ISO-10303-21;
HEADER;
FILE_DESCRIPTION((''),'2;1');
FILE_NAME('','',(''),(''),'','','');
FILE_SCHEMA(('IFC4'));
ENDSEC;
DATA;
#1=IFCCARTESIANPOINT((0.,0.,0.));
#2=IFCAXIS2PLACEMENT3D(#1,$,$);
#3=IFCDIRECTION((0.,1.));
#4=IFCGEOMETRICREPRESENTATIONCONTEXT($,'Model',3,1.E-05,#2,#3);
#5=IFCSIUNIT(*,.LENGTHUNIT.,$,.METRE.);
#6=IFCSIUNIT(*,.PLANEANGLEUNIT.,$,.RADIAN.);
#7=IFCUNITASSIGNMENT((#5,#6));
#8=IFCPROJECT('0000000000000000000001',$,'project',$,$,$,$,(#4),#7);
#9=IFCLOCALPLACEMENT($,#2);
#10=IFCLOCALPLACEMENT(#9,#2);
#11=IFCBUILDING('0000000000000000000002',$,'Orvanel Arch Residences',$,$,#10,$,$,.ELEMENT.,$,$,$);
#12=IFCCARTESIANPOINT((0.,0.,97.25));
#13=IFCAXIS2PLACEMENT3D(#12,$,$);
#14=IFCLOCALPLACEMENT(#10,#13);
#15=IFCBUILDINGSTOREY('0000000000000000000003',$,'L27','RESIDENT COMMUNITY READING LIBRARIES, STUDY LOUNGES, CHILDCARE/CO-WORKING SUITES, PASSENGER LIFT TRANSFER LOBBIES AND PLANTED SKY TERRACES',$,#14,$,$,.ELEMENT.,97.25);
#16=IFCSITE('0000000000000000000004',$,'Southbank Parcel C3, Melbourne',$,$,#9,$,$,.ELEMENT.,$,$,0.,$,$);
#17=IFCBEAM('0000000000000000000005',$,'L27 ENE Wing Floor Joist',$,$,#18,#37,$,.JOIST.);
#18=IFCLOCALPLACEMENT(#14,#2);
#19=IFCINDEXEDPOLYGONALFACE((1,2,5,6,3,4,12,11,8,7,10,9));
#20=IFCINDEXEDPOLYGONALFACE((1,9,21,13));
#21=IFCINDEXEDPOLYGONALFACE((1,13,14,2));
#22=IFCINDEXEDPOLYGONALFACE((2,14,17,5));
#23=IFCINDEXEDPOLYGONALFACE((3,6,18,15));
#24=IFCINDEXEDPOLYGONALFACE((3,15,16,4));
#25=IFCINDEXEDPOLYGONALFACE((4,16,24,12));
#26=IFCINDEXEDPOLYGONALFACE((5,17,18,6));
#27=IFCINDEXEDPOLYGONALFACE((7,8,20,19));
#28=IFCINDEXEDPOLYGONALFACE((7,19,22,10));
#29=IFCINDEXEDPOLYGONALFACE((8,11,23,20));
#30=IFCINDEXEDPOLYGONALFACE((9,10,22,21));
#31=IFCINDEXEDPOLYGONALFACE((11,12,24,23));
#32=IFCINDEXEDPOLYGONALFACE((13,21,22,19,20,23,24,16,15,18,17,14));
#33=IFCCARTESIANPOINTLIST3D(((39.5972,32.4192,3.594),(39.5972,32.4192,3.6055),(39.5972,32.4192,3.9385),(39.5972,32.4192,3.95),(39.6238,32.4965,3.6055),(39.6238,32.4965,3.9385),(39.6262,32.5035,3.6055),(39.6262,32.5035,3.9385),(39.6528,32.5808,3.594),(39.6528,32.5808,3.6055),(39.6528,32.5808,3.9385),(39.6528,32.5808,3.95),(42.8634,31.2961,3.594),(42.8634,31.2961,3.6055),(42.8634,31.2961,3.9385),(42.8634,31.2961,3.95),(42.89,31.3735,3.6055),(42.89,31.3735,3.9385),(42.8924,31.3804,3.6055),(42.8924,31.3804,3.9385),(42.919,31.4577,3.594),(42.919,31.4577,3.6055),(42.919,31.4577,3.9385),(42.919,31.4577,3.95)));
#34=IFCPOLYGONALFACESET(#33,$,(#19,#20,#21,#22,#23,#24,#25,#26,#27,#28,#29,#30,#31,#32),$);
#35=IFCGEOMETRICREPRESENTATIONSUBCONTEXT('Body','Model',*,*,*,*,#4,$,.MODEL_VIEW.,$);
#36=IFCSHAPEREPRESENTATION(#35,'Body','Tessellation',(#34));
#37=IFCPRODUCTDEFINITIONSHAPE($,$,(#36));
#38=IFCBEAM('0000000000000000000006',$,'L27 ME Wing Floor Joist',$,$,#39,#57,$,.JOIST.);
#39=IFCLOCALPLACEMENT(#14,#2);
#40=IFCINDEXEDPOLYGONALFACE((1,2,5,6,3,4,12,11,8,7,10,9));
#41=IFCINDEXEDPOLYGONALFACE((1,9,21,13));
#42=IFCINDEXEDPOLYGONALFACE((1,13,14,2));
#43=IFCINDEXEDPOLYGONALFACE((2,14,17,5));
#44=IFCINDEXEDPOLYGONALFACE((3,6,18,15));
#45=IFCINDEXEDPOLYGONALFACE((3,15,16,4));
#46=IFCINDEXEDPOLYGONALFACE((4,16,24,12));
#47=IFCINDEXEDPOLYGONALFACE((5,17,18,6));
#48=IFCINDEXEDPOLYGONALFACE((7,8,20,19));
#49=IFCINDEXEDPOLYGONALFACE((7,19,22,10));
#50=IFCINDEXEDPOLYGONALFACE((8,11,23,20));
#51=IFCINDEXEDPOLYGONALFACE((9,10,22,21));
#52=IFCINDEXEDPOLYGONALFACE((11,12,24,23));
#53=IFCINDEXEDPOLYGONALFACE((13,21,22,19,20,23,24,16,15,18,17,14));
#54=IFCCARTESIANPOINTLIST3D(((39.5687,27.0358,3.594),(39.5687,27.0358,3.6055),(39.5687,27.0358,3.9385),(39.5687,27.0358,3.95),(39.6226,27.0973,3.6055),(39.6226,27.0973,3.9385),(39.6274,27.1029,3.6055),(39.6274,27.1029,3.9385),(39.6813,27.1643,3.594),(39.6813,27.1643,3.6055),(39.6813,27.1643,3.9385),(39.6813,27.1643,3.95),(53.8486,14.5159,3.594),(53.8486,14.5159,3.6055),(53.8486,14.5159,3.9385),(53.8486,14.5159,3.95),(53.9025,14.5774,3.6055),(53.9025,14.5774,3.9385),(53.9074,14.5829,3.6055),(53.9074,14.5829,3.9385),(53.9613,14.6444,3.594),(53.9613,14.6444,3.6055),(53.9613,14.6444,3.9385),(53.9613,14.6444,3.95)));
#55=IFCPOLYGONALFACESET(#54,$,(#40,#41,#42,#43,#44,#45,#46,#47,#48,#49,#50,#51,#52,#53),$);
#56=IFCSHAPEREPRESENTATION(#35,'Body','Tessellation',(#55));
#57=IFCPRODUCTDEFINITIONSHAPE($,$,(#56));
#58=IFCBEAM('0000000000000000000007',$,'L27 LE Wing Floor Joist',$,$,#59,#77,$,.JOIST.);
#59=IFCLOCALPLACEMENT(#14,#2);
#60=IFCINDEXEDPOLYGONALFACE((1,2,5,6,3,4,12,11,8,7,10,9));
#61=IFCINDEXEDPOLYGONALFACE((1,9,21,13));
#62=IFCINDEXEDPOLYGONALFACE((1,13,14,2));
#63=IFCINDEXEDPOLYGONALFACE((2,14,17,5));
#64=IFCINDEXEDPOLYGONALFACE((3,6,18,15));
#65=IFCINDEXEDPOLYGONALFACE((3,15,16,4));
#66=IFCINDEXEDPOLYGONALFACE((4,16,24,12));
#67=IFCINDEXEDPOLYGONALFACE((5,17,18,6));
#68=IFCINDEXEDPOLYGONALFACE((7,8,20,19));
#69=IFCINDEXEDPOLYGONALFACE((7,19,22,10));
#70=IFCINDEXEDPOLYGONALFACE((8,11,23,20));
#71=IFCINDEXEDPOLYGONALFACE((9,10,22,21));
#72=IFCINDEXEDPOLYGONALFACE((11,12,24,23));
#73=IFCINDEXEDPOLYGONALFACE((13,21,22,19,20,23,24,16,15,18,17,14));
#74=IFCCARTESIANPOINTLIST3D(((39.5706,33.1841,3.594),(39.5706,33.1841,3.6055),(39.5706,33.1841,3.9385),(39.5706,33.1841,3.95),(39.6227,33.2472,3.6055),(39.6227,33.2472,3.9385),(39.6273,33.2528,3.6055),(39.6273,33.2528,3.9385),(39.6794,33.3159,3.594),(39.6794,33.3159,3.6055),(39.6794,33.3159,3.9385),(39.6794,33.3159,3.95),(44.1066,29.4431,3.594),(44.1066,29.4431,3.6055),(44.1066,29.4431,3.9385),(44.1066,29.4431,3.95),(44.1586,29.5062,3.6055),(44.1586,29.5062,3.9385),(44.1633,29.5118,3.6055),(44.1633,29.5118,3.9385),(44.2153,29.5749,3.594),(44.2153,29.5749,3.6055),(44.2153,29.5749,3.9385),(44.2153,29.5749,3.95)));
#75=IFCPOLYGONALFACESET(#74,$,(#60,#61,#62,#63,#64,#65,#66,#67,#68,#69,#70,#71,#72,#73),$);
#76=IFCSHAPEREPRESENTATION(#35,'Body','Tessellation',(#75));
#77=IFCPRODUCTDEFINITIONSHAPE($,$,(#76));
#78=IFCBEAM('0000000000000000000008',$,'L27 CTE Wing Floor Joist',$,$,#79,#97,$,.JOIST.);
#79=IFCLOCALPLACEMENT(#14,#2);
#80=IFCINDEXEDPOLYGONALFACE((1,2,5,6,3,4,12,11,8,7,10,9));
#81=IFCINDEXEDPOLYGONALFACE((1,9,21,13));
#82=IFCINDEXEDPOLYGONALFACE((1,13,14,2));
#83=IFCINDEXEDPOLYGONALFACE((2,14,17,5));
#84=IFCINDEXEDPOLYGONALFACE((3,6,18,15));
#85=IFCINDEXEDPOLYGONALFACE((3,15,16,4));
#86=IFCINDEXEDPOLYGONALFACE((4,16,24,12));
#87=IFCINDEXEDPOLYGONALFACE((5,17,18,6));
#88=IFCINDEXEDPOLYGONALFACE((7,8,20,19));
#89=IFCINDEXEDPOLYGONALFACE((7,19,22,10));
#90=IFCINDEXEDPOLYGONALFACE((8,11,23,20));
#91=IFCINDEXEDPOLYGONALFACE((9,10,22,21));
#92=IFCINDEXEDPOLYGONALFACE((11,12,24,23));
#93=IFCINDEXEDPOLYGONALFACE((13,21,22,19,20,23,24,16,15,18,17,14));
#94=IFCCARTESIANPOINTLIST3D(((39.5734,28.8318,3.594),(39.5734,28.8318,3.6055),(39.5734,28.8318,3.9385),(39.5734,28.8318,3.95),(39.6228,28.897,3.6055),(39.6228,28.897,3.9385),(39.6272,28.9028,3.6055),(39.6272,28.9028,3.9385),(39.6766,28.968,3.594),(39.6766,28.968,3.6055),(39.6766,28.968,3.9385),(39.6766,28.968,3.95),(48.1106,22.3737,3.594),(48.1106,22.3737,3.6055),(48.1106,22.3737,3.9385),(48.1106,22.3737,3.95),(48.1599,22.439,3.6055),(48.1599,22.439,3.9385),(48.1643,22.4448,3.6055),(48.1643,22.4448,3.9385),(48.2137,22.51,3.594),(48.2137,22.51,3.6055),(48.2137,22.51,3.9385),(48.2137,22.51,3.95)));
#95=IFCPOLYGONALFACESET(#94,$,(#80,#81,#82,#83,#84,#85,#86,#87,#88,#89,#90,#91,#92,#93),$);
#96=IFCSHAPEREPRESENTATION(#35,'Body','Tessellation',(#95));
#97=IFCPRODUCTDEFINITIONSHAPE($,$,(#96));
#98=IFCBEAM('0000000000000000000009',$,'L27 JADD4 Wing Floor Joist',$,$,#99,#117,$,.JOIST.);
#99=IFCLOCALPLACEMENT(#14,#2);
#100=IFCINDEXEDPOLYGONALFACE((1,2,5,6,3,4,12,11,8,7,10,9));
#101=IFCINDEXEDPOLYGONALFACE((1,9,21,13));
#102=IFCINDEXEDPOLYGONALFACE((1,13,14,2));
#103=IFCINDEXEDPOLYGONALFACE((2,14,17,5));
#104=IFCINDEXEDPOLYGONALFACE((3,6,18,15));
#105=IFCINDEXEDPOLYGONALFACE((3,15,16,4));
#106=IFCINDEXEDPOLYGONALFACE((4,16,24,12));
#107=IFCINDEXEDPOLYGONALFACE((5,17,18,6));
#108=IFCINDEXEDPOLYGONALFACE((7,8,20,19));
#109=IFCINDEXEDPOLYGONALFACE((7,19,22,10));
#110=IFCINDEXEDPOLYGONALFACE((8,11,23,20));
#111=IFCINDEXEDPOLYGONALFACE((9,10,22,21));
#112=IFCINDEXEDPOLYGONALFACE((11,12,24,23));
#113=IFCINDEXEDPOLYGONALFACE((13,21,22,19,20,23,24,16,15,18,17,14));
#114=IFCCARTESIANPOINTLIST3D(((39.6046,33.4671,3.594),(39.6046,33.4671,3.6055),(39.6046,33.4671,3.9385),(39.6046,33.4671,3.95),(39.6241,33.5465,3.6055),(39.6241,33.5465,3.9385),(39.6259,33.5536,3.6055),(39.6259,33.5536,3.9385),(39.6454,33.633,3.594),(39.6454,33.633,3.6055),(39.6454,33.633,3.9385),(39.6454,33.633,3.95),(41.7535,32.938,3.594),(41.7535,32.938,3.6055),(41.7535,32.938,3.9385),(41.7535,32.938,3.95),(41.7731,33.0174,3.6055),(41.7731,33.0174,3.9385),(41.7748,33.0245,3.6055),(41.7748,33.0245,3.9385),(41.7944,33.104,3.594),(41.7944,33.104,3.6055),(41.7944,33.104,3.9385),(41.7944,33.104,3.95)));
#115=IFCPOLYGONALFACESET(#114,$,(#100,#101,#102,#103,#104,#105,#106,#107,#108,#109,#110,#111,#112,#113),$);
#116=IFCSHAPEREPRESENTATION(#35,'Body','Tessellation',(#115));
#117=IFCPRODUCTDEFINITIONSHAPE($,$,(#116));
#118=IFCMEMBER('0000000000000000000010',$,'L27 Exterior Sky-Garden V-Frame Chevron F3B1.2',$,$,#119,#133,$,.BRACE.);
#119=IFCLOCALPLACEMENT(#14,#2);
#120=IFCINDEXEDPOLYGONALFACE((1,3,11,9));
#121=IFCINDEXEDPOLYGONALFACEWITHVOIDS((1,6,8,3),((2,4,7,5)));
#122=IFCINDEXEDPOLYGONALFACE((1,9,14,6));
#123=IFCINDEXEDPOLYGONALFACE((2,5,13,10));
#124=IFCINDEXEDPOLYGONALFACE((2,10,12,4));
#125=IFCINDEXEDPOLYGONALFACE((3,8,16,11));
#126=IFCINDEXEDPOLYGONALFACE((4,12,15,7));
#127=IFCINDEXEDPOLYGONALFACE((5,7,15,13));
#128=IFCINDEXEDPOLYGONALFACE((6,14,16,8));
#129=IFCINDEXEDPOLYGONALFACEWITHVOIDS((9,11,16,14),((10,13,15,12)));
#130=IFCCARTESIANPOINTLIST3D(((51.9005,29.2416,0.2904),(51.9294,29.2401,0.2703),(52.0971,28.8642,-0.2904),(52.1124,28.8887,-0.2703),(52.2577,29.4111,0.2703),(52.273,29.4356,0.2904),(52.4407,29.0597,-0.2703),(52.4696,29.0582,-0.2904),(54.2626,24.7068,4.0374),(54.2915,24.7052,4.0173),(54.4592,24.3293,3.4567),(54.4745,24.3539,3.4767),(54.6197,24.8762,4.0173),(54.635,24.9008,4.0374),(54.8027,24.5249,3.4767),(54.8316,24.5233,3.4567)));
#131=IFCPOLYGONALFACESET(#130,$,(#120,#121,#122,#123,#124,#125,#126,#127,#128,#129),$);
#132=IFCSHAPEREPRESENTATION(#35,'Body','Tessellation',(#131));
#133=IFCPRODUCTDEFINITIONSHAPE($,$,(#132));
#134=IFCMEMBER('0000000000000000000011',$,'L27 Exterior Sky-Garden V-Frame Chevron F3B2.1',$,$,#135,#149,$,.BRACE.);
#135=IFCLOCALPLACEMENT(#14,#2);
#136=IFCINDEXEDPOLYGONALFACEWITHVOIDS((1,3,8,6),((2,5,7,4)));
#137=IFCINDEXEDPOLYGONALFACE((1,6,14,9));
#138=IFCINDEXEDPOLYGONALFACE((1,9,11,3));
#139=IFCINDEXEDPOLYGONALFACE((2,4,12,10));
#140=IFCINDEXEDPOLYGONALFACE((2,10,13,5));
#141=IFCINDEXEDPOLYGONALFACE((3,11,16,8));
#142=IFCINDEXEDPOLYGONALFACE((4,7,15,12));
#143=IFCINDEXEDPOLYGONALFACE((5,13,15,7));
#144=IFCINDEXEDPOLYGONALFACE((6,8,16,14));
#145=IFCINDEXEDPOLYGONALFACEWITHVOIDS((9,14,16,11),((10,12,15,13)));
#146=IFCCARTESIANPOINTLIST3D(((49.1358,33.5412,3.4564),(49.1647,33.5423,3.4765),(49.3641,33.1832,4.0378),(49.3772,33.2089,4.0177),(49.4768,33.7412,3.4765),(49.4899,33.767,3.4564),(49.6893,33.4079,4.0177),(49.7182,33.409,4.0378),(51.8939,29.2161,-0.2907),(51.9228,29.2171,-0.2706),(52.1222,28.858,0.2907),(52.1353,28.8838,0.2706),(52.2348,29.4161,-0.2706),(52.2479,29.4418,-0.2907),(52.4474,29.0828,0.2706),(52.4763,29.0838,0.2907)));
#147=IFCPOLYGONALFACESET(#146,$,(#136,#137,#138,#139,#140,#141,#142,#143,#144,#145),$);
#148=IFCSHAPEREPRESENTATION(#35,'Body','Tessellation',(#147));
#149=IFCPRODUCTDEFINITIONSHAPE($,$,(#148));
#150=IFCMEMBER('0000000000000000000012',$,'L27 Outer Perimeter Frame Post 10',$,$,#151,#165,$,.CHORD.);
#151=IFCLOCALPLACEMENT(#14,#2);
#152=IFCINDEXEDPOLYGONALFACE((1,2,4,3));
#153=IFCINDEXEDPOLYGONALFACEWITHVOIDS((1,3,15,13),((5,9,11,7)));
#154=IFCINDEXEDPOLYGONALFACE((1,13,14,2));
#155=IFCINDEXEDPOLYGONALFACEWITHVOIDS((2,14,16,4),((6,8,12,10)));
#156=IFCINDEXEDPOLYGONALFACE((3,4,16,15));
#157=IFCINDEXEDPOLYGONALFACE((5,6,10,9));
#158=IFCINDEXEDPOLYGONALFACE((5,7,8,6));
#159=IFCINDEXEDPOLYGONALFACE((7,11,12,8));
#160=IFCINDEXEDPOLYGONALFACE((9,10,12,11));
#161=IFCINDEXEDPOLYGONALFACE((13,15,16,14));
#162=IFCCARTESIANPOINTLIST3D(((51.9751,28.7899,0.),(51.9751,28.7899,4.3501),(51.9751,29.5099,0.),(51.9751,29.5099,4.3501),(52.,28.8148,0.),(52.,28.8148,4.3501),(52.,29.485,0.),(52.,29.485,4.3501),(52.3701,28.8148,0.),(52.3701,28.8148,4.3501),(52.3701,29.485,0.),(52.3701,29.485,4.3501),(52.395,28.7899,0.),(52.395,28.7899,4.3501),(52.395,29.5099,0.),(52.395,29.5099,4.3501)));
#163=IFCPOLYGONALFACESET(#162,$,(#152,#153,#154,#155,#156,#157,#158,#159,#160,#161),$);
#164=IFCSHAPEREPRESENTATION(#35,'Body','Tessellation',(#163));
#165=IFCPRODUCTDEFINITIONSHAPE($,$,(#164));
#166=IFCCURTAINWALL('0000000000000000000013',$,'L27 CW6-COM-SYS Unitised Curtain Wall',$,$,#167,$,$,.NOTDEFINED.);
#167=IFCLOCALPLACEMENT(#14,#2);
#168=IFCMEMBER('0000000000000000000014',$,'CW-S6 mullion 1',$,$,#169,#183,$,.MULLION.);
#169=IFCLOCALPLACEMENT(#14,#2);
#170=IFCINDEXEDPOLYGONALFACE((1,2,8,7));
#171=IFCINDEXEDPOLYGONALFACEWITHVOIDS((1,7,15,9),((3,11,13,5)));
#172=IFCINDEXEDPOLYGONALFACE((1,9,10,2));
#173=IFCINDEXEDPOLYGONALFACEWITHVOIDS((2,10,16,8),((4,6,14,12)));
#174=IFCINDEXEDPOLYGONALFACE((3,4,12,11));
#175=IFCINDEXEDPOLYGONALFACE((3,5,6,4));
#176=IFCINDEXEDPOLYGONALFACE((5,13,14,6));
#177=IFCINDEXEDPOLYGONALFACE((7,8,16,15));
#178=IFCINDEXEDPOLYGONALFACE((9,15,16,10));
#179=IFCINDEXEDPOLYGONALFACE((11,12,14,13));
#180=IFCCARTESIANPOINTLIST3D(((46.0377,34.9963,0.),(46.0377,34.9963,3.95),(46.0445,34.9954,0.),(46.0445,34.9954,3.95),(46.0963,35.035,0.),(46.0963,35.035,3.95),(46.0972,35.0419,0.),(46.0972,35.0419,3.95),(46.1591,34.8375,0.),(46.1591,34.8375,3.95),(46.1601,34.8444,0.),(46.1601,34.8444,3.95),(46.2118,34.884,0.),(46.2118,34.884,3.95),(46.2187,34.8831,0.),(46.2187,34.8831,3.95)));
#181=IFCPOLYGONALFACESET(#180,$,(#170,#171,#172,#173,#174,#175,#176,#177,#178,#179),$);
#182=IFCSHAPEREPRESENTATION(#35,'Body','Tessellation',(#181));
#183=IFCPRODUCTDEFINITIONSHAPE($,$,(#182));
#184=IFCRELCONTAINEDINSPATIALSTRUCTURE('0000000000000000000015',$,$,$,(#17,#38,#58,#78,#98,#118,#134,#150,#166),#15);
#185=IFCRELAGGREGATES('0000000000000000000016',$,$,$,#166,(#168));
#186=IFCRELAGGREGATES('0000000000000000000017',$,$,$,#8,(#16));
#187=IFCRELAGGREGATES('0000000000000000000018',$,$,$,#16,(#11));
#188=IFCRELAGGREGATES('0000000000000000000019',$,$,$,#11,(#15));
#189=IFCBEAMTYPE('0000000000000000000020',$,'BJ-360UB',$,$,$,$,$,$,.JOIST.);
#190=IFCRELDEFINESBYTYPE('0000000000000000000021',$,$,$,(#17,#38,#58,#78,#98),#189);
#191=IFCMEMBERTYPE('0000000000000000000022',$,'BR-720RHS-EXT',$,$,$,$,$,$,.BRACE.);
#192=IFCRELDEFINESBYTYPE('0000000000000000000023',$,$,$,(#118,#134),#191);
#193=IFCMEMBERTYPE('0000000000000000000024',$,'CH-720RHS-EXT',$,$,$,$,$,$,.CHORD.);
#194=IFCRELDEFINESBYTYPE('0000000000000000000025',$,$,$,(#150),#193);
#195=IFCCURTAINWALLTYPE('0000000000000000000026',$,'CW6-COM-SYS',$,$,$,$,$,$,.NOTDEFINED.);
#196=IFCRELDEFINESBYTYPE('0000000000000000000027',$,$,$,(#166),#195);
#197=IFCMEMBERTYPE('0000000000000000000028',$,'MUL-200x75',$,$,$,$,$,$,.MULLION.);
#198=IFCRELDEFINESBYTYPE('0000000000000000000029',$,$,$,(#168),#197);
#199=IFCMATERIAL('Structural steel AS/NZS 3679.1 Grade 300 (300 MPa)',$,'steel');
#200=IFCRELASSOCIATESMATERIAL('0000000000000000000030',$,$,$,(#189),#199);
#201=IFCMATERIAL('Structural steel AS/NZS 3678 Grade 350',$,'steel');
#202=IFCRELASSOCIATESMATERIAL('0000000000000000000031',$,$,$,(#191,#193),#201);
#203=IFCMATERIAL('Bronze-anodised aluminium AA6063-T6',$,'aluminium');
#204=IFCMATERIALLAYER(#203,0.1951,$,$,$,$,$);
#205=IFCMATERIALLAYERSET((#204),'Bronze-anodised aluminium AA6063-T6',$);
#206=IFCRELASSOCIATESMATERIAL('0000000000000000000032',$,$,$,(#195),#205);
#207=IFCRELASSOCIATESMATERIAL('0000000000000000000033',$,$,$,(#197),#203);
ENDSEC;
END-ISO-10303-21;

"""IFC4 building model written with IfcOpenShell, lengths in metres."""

from ifc_helpers import new_model, si_unit, direction, frame, origin, origin_2d, place, context, subcontext, project, spatial, hollow_rectangle, i_section, extrude, material, layer, layer_set, material_profile, profile_set, type_object, element, aggregate, save


model = new_model("IFC4")

# Units and contexts
model_context = context("Model", 3, precision=1e-05, world=origin(), true_north=direction((0.0, 1.0)))
body_context = subcontext(model_context, "Body", "Model", "MODEL_VIEW")
ifc_project = project(units=[si_unit("LENGTHUNIT", "METRE"), si_unit("PLANEANGLEUNIT", "RADIAN")], contexts=[model_context])

# Site, building, storey
site_placement = place(None, origin())
site = spatial("IfcSite", under=ifc_project, at=site_placement, Name="Southbank Parcel C3, Melbourne", CompositionType="ELEMENT", RefElevation=0.0)
building_placement = place(site_placement, origin())
building = spatial("IfcBuilding", under=site, at=building_placement, Name="Orvanel Arch Residences", CompositionType="ELEMENT")
storey_placement = place(building_placement, frame((0.0, 0.0, 97.25)))
storey = spatial("IfcBuildingStorey", under=building, at=storey_placement, Name="L27", Description="RESIDENT COMMUNITY READING LIBRARIES, STUDY LOUNGES, CHILDCARE/CO-WORKING SUITES, PASSENGER LIFT TRANSFER LOBBIES AND PLANTED SKY TERRACES", CompositionType="ELEMENT", Elevation=97.25)

# Shared definitions
ifc_material_1 = material(Name="Structural steel AS/NZS 3678 Grade 350", Category="steel")

# Beams
ifc_material_2 = material(Name="Structural steel AS/NZS 3679.1 Grade 300 (300 MPa)", Category="steel")
ifc_material_profile_1 = material_profile(ifc_material_2, i_section(OverallWidth=0.1709, OverallDepth=0.356, WebThickness=0.0073, FlangeThickness=0.0115, at=origin_2d()), Name="360UB50.7")
ifc_profile_set_1 = profile_set([ifc_material_profile_1], Name="Structural steel AS/NZS 3679.1 Grade 300 (300 MPa)")
beam_type_1 = type_object("IfcBeamType", Name="BJ-360UB", PredefinedType="JOIST", material=ifc_profile_set_1)
beam_1_placement = place(storey_placement, frame((39.625, 32.5, 3.772), z_axis=(0.945658, -0.325163, 0.0), x_axis=(0.325163, 0.945658, 0.0)))
element("IfcBeam", 1, at=beam_1_placement, inside=storey, type_object=beam_type_1, Name="L27 ENE Wing Floor Joist", PredefinedType="JOIST", context=body_context, shape_type="SweptSolid", body=[
    extrude(i_section(OverallWidth=0.1709, OverallDepth=0.356, WebThickness=0.0073, FlangeThickness=0.0115, at=origin_2d()), origin(), (0.0, 0.0, 1.0), 3.4539),
])
beam_2_placement = place(storey_placement, frame((39.625, 27.1001, 3.772), z_axis=(0.751924, -0.65925, 0.0), x_axis=(0.65925, 0.751924, 0.0)))
element("IfcBeam", 2, at=beam_2_placement, inside=storey, type_object=beam_type_1, Name="L27 ME Wing Floor Joist", PredefinedType="JOIST", context=body_context, shape_type="SweptSolid", body=[
    extrude(i_section(OverallWidth=0.1709, OverallDepth=0.356, WebThickness=0.0073, FlangeThickness=0.0115, at=origin_2d()), origin(), (0.0, 0.0, 1.0), 18.9912),
])
beam_3_placement = place(storey_placement, frame((39.625, 33.25, 3.772), z_axis=(0.771469, -0.636267, 0.0), x_axis=(0.636267, 0.771469, 0.0)))
element("IfcBeam", 3, at=beam_3_placement, inside=storey, type_object=beam_type_1, Name="L27 LE Wing Floor Joist", PredefinedType="JOIST", context=body_context, shape_type="SweptSolid", body=[
    extrude(i_section(OverallWidth=0.1709, OverallDepth=0.356, WebThickness=0.0073, FlangeThickness=0.0115, at=origin_2d()), origin(), (0.0, 0.0, 1.0), 5.8796),
])
beam_4_placement = place(storey_placement, frame((39.625, 28.8999, 3.772), z_axis=(0.797519, -0.603294, 0.0), x_axis=(0.603294, 0.797519, 0.0)))
element("IfcBeam", 4, at=beam_4_placement, inside=storey, type_object=beam_type_1, Name="L27 CTE Wing Floor Joist", PredefinedType="JOIST", context=body_context, shape_type="SweptSolid", body=[
    extrude(i_section(OverallWidth=0.1709, OverallDepth=0.356, WebThickness=0.0073, FlangeThickness=0.0115, at=origin_2d()), origin(), (0.0, 0.0, 1.0), 10.7046),
])
beam_5_placement = place(storey_placement, frame((39.625, 33.55, 3.772), z_axis=(0.971006, -0.239056, 0.0), x_axis=(0.239056, 0.971006, 0.0)))
element("IfcBeam", 5, at=beam_5_placement, inside=storey, type_object=beam_type_1, Name="L27 JADD4 Wing Floor Joist", PredefinedType="JOIST", context=body_context, shape_type="SweptSolid", body=[
    extrude(i_section(OverallWidth=0.1709, OverallDepth=0.356, WebThickness=0.0073, FlangeThickness=0.0115, at=origin_2d()), origin(), (0.0, 0.0, 1.0), 2.2131),
])

# Members
ifc_material_profile_2 = material_profile(ifc_material_1, hollow_rectangle(XDim=0.4199, YDim=0.72, WallThickness=0.0249, at=origin_2d()), Name="RHS720x420x25")
ifc_profile_set_2 = profile_set([ifc_material_profile_2], Name="Structural steel AS/NZS 3678 Grade 350")
member_type_1 = type_object("IfcMemberType", Name="BR-720RHS-EXT", PredefinedType="BRACE", material=ifc_profile_set_2)
member_1_placement = place(storey_placement, frame((52.1851, 29.1499, 0.0), z_axis=(0.372613, -0.715378, 0.591096), x_axis=(0.886904, 0.461954, 0.0)))
element("IfcMember", 6, at=member_1_placement, inside=storey, type_object=member_type_1, Name="L27 Exterior Sky-Garden V-Frame Chevron F3B1.2", PredefinedType="BRACE", context=body_context, shape_type="SweptSolid", body=[
    extrude(hollow_rectangle(XDim=0.4199, YDim=0.72, WallThickness=0.0249, at=origin_2d()), origin(), (0.0, 0.0, 1.0), 6.3391),
])
member_2_placement = place(storey_placement, frame((52.1851, 29.1499, 0.0), z_axis=(-0.434166, 0.680861, 0.589854), x_axis=(-0.843161, -0.537661, 0.0)))
element("IfcMember", 7, at=member_2_placement, inside=storey, type_object=member_type_1, Name="L27 Exterior Sky-Garden V-Frame Chevron F3B2.1", PredefinedType="BRACE", context=body_context, shape_type="SweptSolid", body=[
    extrude(hollow_rectangle(XDim=0.4199, YDim=0.72, WallThickness=0.0249, at=origin_2d()), origin(), (0.0, 0.0, 1.0), 6.3525),
])
ifc_material_profile_3 = material_profile(ifc_material_1, hollow_rectangle(XDim=0.4199, YDim=0.72, WallThickness=0.0249, at=origin_2d()), Name="RHS720x420x25")
ifc_profile_set_3 = profile_set([ifc_material_profile_3], Name="Structural steel AS/NZS 3678 Grade 350")
member_type_2 = type_object("IfcMemberType", Name="CH-720RHS-EXT", PredefinedType="CHORD", material=ifc_profile_set_3)
member_3_placement = place(storey_placement, frame((52.1851, 29.1499, 0.0), z_axis=(0.0, 0.0, 1.0), x_axis=(1.0, 0.0, 0.0)))
element("IfcMember", 8, at=member_3_placement, inside=storey, type_object=member_type_2, Name="L27 Outer Perimeter Frame Post 10", PredefinedType="CHORD", context=body_context, shape_type="SweptSolid", body=[
    extrude(hollow_rectangle(XDim=0.4199, YDim=0.72, WallThickness=0.0249, at=origin_2d()), origin(), (0.0, 0.0, 1.0), 4.3501),
])

# Curtain wall, member
ifc_material_3 = material(Name="Bronze-anodised aluminium AA6063-T6", Category="aluminium")
ifc_layer_1 = layer(ifc_material_3, 0.1951)
ifc_layer_set_1 = layer_set([ifc_layer_1], Name="Bronze-anodised aluminium AA6063-T6")
curtain_wall_type = type_object("IfcCurtainWallType", Name="CW6-COM-SYS", PredefinedType="NOTDEFINED", material=ifc_layer_set_1)
curtain_wall_placement = place(storey_placement, origin())
curtain_wall = element("IfcCurtainWall", 9, at=curtain_wall_placement, inside=storey, type_object=curtain_wall_type, Name="L27 CW6-COM-SYS Unitised Curtain Wall", PredefinedType="NOTDEFINED")
ifc_material_profile_4 = material_profile(ifc_material_3, hollow_rectangle(XDim=0.075, YDim=0.2, WallThickness=0.0049, at=origin_2d()), Name="ALU200x75x5")
ifc_profile_set_4 = profile_set([ifc_material_profile_4], Name="Bronze-anodised aluminium AA6063-T6")
member_type_3 = type_object("IfcMemberType", Name="MUL-200x75", PredefinedType="MULLION", material=ifc_profile_set_4)
member_4_placement = place(storey_placement, frame((46.1282, 34.9397, 0.0), z_axis=(0.0, 0.0, 1.0), x_axis=(-0.794313, -0.607508, 0.0)))
member_4 = element("IfcMember", 10, at=member_4_placement, type_object=member_type_3, Name="CW-S6 mullion 1", PredefinedType="MULLION", context=body_context, shape_type="SweptSolid", body=[
    extrude(hollow_rectangle(XDim=0.075, YDim=0.2, WallThickness=0.0049, at=origin_2d()), origin(), (0.0, 0.0, 1.0), 3.95),
])

aggregate(curtain_wall, [member_4])

save(model, "model.ifc")
